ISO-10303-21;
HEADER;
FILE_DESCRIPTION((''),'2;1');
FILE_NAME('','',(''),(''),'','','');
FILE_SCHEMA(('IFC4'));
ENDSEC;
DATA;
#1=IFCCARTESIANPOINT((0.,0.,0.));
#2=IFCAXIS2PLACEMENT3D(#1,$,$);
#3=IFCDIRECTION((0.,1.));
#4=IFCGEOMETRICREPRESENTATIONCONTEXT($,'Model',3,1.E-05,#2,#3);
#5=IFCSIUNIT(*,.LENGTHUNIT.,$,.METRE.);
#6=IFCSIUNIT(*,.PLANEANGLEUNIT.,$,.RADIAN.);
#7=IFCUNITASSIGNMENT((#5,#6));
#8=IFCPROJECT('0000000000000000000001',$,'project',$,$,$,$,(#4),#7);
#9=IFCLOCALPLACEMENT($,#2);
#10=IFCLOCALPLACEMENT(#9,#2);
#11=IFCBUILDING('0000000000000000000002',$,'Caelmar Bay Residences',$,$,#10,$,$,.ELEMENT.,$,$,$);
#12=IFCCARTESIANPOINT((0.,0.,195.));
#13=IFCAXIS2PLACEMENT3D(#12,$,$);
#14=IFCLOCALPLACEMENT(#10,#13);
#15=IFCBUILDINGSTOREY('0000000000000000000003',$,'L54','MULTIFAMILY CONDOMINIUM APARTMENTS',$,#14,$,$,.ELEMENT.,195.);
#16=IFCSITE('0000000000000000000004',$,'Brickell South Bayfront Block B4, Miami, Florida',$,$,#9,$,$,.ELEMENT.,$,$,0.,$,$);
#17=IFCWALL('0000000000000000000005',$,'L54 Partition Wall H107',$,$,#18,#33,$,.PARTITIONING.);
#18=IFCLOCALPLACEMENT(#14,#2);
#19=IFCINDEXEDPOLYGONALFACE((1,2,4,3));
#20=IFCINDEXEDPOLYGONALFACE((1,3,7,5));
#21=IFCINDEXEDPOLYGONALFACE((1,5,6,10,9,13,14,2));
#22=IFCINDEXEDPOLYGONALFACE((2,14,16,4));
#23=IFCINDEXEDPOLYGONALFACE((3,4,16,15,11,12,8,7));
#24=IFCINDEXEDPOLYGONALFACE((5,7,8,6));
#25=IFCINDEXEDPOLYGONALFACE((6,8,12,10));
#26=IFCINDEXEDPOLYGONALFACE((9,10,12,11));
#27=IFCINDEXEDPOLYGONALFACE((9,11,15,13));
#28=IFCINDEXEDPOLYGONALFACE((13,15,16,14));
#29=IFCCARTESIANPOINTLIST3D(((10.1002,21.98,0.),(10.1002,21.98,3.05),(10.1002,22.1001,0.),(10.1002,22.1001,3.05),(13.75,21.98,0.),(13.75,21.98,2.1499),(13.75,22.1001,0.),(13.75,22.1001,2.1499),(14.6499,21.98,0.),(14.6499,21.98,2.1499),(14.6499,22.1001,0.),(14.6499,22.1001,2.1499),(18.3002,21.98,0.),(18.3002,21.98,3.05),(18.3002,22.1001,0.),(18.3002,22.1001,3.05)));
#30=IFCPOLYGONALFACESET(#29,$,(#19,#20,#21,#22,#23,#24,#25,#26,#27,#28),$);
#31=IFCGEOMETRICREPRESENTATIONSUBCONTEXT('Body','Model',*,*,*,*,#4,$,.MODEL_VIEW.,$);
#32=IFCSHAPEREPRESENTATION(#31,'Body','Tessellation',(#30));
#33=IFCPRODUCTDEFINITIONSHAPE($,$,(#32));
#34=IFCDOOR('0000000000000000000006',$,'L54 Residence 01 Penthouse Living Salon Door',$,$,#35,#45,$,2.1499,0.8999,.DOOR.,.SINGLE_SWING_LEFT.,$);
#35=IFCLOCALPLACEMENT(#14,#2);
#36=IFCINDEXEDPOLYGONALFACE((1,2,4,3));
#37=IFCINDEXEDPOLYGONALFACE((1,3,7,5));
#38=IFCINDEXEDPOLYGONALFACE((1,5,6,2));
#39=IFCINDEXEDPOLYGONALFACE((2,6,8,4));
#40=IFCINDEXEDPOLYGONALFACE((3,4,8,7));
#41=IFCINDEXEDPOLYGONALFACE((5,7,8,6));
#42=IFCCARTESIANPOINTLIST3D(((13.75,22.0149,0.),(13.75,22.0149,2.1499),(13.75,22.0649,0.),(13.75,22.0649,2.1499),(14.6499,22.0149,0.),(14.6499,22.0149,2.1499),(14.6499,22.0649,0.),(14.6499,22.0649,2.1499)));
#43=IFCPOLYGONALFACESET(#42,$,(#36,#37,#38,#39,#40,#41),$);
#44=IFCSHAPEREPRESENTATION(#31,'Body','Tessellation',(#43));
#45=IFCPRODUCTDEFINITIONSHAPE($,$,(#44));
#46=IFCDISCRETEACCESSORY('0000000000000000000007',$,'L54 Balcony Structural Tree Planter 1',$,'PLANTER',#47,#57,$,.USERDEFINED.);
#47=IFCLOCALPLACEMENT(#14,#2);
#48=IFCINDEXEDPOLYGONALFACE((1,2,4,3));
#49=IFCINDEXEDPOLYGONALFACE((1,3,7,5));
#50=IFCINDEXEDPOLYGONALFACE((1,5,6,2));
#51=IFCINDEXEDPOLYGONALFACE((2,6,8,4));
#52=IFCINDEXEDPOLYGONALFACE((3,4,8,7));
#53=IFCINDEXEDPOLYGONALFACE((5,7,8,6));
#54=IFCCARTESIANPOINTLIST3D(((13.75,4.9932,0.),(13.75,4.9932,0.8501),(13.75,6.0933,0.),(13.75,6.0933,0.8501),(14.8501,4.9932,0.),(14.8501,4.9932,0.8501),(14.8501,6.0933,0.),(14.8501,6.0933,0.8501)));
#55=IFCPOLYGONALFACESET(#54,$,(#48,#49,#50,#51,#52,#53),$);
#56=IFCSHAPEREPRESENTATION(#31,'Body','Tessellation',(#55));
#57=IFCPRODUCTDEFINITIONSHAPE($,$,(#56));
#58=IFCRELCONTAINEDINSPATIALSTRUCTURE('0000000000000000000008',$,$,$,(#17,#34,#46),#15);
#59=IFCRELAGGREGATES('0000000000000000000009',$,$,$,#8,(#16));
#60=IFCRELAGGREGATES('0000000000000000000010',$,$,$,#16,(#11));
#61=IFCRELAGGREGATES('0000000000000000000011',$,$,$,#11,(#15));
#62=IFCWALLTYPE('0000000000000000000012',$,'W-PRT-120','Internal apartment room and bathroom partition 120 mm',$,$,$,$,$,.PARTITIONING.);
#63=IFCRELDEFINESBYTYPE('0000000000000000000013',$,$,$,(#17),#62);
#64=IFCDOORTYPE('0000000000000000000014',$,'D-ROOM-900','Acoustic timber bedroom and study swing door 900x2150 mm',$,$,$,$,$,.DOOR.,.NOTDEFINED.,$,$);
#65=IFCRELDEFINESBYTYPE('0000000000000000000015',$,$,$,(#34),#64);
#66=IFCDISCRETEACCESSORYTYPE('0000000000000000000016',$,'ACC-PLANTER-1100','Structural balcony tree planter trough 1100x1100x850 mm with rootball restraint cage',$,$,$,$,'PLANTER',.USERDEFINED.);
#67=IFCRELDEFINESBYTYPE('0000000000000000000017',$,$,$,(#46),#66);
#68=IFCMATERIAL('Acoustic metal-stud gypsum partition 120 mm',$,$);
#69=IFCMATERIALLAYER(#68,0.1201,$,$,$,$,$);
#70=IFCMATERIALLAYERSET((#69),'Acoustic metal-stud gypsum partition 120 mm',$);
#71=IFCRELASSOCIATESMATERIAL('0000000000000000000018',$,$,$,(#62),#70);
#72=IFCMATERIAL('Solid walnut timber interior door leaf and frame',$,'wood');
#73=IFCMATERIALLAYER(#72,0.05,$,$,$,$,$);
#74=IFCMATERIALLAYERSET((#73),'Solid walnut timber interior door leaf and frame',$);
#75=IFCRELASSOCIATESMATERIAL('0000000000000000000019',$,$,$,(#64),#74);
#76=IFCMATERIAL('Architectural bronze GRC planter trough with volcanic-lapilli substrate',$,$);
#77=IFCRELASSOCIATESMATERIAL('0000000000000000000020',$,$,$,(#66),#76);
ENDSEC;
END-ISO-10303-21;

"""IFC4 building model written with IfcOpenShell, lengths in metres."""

from ifc_helpers import new_model, si_unit, direction, frame, frame_2d, origin, origin_2d, place, context, subcontext, project, spatial, rectangle, extrude, material, layer, layer_set, type_object, element, fill, save


model = new_model("IFC4")

# Units and contexts
model_context = context("Model", 3, precision=1e-05, world=origin(), true_north=direction((0.0, 1.0)))
body_context = subcontext(model_context, "Body", "Model", "MODEL_VIEW")
ifc_project = project(units=[si_unit("LENGTHUNIT", "METRE"), si_unit("PLANEANGLEUNIT", "RADIAN")], contexts=[model_context])

# Site, building, storey
site_placement = place(None, origin())
site = spatial("IfcSite", under=ifc_project, at=site_placement, Name="Brickell South Bayfront Block B4, Miami, Florida", CompositionType="ELEMENT", RefElevation=0.0)
building_placement = place(site_placement, origin())
building = spatial("IfcBuilding", under=site, at=building_placement, Name="Caelmar Bay Residences", CompositionType="ELEMENT")
storey_placement = place(building_placement, frame((0.0, 0.0, 195.0)))
storey = spatial("IfcBuildingStorey", under=building, at=storey_placement, Name="L54", Description="MULTIFAMILY CONDOMINIUM APARTMENTS", CompositionType="ELEMENT", Elevation=195.0)

# Shared definitions
ifc_material_1 = material(Name="Acoustic metal-stud gypsum partition 120 mm")
ifc_layer_1 = layer(ifc_material_1, 0.1201)
ifc_layer_set_1 = layer_set([ifc_layer_1], Name="Acoustic metal-stud gypsum partition 120 mm")
wall_type_1 = type_object("IfcWallType", Name="W-PRT-120", Description="Internal apartment room and bathroom partition 120 mm", PredefinedType="PARTITIONING", material=ifc_layer_set_1)

# Shared definitions
ifc_material_2 = material(Name="Solid walnut timber interior door leaf and frame", Category="wood")
ifc_layer_2 = layer(ifc_material_2, 0.05)
ifc_layer_set_2 = layer_set([ifc_layer_2], Name="Solid walnut timber interior door leaf and frame")
door_type = type_object("IfcDoorType", Name="D-ROOM-900", Description="Acoustic timber bedroom and study swing door 900x2150 mm", OperationType="NOTDEFINED", PredefinedType="DOOR", material=ifc_layer_set_2)

# Wall, opening, door
wall_1_placement = place(storey_placement, frame((10.1001, 22.04, 0.0), z_axis=(0.0, 0.0, 1.0), x_axis=(1.0, 0.0, 0.0)))
wall_1 = element("IfcWall", 1, at=wall_1_placement, inside=storey, type_object=wall_type_1, Name="L54 Partition Wall H107", PredefinedType="PARTITIONING", context=body_context, shape_type="SweptSolid", body=[
    extrude(rectangle(XDim=8.2, YDim=0.1201, at=frame_2d((4.1001, 0.0))), origin(), (0.0, 0.0, 1.0), 3.05),
])
opening_1_placement = place(wall_1_placement, frame((3.6499, 0.0, 0.0)))
opening_1 = element("IfcOpeningElement", 2, at=opening_1_placement, cuts=wall_1, PredefinedType="OPENING", context=body_context, shape_type="SweptSolid", body=[
    extrude(rectangle(XDim=0.8999, YDim=2.1499, at=frame_2d((0.45, 1.075))), frame((0.0, 0.0701, 0.0), z_axis=(0.0, -1.0, 0.0), x_axis=(1.0, 0.0, 0.0)), (0.0, 0.0, 1.0), 0.1401),
])
door_1_placement = place(opening_1_placement, origin())
door_1 = element("IfcDoor", 3, at=door_1_placement, inside=storey, type_object=door_type, Name="L54 Residence 01 Penthouse Living Salon Door", OperationType="SINGLE_SWING_LEFT", OverallHeight=2.1499, OverallWidth=0.8999, PredefinedType="DOOR", context=body_context, shape_type="SweptSolid", body=[
    extrude(rectangle(XDim=0.8999, YDim=2.1499, at=frame_2d((0.45, 1.075))), frame((0.0, 0.0249, 0.0), z_axis=(0.0, -1.0, 0.0), x_axis=(1.0, 0.0, 0.0)), (0.0, 0.0, 1.0), 0.05),
])
fill(opening_1, door_1)

# Discrete accessory
ifc_material_3 = material(Name="Architectural bronze GRC planter trough with volcanic-lapilli substrate")
discrete_accessory_type = type_object("IfcDiscreteAccessoryType", Name="ACC-PLANTER-1100", Description="Structural balcony tree planter trough 1100x1100x850 mm with rootball restraint cage", ElementType="PLANTER", PredefinedType="USERDEFINED", material=ifc_material_3)
discrete_accessory_placement = place(storey_placement, frame((14.3, 5.5432, 0.0), z_axis=(0.0, 0.0, 1.0), x_axis=(1.0, 0.0, 0.0)))
element("IfcDiscreteAccessory", 4, at=discrete_accessory_placement, inside=storey, type_object=discrete_accessory_type, Name="L54 Balcony Structural Tree Planter 1", ObjectType="PLANTER", PredefinedType="USERDEFINED", context=body_context, shape_type="SweptSolid", body=[
    extrude(rectangle(XDim=1.1001, YDim=1.1001, at=origin_2d()), origin(), (0.0, 0.0, 1.0), 0.8501),
])

save(model, "model.ifc")
